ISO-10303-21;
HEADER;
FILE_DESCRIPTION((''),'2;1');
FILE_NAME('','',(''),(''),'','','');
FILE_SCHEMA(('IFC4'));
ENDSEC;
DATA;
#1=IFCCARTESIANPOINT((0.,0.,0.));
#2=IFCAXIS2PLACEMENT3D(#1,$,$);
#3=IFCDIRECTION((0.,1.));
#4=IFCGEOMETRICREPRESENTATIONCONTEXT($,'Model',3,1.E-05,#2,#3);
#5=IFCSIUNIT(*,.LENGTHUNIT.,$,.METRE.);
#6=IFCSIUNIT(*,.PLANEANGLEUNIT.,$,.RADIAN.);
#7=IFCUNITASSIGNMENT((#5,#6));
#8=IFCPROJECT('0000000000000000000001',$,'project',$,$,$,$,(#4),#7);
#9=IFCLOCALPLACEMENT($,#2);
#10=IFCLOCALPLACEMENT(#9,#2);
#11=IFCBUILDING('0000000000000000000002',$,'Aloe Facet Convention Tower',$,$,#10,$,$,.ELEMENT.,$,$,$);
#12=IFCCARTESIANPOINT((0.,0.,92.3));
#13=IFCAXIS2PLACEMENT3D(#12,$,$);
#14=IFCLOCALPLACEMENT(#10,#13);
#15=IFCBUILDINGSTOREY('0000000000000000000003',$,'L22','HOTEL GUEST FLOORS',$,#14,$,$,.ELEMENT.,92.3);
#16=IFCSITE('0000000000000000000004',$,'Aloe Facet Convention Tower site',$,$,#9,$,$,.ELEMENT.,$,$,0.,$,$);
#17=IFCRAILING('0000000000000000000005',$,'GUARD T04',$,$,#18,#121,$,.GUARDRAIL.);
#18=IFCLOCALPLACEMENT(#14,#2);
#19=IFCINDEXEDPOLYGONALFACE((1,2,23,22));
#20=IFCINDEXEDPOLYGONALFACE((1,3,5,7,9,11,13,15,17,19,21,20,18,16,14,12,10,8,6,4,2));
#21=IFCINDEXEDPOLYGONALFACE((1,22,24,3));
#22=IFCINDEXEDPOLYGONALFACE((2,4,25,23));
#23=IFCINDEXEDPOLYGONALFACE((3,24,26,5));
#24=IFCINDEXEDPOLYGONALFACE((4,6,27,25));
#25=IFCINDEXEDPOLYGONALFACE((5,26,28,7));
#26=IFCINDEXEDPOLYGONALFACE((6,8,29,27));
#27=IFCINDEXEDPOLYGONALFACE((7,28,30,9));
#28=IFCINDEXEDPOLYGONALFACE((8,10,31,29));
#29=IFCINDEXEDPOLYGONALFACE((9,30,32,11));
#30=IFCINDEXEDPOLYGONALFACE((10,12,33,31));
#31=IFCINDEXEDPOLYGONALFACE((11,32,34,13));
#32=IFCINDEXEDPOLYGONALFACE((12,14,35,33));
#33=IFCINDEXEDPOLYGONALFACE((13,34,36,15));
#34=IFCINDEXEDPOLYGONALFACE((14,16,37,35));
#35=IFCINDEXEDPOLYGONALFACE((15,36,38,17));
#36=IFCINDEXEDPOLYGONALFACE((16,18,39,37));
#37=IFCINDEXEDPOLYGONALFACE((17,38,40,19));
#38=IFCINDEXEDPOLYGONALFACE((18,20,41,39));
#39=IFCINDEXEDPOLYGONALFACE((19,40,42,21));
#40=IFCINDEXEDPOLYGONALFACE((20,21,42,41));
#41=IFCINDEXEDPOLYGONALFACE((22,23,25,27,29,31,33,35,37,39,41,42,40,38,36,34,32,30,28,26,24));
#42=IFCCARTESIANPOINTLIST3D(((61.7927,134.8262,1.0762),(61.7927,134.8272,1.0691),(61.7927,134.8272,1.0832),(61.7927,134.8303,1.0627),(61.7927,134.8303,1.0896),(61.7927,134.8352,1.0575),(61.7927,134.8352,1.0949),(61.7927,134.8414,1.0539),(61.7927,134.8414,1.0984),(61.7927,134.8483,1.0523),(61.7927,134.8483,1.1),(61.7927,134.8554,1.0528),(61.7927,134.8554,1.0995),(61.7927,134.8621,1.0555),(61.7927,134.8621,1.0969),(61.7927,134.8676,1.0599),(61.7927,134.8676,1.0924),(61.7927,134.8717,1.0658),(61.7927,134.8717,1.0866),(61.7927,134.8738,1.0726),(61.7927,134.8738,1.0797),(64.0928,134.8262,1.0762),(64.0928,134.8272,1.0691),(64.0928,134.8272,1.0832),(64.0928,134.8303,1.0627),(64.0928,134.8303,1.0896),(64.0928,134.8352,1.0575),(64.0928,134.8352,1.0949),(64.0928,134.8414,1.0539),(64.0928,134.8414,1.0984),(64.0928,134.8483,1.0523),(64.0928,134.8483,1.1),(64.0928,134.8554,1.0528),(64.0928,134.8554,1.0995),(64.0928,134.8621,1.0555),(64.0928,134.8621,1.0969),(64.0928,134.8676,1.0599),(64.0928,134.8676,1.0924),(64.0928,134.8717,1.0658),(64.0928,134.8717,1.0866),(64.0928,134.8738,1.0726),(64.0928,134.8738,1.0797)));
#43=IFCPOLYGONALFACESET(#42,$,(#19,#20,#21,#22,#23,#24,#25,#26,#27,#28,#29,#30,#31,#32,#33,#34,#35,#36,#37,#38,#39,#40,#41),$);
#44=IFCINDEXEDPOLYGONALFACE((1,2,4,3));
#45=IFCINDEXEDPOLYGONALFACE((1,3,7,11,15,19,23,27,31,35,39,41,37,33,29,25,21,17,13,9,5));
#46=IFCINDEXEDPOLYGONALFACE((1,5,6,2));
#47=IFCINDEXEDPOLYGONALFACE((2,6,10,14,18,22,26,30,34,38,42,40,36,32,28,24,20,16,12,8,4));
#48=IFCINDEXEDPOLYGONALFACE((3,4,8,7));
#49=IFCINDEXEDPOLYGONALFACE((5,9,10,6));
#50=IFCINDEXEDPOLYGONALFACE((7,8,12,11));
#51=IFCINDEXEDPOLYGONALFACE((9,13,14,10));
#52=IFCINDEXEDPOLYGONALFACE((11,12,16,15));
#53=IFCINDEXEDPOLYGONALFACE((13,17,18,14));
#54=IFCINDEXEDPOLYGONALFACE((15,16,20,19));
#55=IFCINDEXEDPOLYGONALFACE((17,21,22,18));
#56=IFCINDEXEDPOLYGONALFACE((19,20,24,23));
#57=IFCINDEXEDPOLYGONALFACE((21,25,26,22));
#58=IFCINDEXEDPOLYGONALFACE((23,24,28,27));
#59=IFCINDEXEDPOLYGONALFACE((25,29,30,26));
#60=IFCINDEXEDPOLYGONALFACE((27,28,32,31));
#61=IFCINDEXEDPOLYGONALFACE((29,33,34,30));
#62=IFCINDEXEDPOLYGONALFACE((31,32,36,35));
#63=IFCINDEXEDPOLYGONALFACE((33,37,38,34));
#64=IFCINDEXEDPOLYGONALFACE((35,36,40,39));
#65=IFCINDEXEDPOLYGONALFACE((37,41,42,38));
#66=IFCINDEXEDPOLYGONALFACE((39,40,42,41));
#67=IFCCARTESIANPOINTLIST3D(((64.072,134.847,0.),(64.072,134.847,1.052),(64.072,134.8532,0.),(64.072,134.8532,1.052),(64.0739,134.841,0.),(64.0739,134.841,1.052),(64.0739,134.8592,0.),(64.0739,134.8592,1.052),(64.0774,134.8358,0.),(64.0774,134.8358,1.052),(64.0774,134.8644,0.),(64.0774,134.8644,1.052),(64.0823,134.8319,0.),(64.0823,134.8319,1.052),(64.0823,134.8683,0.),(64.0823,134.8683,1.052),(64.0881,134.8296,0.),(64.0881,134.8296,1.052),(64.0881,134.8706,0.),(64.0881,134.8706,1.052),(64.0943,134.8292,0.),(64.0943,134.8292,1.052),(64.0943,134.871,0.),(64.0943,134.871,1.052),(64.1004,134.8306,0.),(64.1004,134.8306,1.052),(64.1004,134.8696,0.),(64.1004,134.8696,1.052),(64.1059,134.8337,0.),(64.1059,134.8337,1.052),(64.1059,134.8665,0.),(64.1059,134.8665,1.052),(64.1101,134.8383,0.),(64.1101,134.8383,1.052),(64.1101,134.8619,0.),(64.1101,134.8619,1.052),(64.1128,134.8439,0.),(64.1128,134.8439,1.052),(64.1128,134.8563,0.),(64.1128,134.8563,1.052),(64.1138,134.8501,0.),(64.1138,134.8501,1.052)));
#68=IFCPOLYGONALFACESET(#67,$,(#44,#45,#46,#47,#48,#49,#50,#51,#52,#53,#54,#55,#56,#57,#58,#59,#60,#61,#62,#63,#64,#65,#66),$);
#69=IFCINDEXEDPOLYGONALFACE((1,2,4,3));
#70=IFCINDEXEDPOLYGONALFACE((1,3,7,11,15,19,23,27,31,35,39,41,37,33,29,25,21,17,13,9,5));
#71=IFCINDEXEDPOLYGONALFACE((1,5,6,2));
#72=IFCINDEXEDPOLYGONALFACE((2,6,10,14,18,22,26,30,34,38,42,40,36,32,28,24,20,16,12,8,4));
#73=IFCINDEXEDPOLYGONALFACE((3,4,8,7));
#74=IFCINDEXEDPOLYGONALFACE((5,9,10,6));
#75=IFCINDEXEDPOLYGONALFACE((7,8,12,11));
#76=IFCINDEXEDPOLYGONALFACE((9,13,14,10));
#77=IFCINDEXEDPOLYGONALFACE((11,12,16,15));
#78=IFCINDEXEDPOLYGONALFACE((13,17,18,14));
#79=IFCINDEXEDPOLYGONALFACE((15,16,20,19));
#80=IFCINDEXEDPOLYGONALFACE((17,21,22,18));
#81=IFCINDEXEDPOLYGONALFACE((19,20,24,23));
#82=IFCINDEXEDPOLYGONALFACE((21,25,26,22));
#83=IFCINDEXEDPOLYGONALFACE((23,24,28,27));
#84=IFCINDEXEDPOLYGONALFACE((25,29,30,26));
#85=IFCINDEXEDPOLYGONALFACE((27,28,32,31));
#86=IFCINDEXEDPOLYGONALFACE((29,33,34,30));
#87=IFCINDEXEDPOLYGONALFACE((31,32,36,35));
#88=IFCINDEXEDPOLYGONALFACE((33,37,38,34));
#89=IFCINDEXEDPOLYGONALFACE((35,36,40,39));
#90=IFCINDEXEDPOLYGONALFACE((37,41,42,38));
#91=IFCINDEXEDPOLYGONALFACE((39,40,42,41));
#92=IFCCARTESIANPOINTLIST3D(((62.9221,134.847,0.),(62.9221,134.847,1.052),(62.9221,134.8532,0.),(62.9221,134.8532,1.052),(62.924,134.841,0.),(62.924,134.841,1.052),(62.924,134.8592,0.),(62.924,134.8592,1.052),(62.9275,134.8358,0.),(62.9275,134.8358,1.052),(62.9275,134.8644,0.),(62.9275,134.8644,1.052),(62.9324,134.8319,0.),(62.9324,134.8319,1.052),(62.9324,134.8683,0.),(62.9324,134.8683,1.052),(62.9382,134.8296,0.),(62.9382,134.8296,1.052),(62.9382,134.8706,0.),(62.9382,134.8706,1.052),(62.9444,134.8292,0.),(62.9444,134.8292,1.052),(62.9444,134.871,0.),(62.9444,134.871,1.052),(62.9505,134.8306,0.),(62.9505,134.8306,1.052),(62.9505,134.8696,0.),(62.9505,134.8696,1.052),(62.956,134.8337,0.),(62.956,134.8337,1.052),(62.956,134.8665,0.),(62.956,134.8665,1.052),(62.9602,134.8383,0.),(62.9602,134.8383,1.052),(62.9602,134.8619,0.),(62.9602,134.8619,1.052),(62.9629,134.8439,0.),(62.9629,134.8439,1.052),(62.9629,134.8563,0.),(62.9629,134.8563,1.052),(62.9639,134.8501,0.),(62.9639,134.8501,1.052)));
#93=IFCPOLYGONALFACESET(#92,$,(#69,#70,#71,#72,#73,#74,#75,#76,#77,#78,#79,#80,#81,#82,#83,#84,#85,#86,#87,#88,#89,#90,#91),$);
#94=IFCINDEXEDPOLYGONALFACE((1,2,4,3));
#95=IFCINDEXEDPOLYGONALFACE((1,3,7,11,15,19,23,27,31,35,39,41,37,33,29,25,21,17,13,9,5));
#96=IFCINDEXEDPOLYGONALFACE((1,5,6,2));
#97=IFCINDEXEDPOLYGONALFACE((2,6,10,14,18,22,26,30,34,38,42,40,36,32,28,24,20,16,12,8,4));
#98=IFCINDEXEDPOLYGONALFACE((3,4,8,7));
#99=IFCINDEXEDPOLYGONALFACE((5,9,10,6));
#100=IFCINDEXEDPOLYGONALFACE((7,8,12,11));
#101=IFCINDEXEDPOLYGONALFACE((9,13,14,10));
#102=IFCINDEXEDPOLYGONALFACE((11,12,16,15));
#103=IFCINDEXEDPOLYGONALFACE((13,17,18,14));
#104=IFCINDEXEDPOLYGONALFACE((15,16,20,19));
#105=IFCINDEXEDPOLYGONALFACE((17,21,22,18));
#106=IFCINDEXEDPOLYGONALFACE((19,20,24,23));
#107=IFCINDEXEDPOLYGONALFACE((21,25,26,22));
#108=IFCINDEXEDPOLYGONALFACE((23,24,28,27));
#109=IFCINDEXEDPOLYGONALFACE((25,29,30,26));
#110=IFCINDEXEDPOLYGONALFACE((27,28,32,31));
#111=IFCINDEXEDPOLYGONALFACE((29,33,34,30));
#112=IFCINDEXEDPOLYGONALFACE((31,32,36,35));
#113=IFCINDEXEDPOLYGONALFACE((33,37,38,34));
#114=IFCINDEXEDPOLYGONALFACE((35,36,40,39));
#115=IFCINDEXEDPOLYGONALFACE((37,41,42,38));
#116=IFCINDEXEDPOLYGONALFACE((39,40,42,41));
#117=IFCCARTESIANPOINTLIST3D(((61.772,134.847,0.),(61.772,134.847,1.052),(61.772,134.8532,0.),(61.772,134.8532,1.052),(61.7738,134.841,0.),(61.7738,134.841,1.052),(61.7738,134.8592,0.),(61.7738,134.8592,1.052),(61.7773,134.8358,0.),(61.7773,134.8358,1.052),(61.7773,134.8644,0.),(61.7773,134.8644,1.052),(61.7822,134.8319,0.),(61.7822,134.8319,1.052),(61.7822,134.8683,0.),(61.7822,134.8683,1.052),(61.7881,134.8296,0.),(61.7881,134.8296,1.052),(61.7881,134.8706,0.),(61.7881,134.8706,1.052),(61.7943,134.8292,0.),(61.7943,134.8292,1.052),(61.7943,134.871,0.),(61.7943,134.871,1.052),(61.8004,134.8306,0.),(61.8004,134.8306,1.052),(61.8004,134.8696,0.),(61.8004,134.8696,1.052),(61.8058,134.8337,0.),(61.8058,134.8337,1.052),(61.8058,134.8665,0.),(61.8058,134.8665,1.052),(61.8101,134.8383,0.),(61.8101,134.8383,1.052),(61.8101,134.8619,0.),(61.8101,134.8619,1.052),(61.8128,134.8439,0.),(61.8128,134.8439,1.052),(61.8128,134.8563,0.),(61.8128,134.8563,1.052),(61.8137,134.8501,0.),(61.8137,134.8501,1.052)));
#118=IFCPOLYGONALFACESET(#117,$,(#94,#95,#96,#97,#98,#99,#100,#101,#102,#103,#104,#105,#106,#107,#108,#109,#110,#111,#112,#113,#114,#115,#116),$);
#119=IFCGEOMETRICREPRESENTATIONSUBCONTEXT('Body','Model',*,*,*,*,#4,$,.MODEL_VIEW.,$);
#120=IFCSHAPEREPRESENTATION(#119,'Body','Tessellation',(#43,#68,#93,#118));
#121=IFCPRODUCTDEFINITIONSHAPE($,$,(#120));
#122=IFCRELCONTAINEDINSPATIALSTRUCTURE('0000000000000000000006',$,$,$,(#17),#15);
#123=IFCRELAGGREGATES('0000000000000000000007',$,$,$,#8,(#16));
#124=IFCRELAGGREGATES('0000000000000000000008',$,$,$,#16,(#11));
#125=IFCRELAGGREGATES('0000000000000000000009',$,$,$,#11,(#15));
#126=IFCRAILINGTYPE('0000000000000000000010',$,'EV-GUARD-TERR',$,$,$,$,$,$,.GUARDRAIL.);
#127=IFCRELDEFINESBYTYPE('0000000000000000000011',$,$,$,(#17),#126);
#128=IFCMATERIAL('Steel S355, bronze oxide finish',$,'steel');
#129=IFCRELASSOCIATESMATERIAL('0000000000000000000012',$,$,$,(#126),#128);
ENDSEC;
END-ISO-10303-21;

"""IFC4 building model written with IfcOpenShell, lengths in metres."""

from ifc_helpers import new_model, si_unit, direction, frame, origin, origin_2d, place, context, subcontext, project, spatial, circle, extrude, material, type_object, element, save


model = new_model("IFC4")

# Units and contexts
model_context = context("Model", 3, precision=1e-05, world=origin(), true_north=direction((0.0, 1.0)))
body_context = subcontext(model_context, "Body", "Model", "MODEL_VIEW")
ifc_project = project(units=[si_unit("LENGTHUNIT", "METRE"), si_unit("PLANEANGLEUNIT", "RADIAN")], contexts=[model_context])

# Site, building, storey
site_placement = place(None, origin())
site = spatial("IfcSite", under=ifc_project, at=site_placement, Name="Aloe Facet Convention Tower site", CompositionType="ELEMENT", RefElevation=0.0)
building_placement = place(site_placement, origin())
building = spatial("IfcBuilding", under=site, at=building_placement, Name="Aloe Facet Convention Tower", CompositionType="ELEMENT")
storey_placement = place(building_placement, frame((0.0, 0.0, 92.3)))
storey = spatial("IfcBuildingStorey", under=building, at=storey_placement, Name="L22", Description="HOTEL GUEST FLOORS", CompositionType="ELEMENT", Elevation=92.3)

# Railing
ifc_material_1 = material(Name="Steel S355, bronze oxide finish", Category="steel")
railing_type = type_object("IfcRailingType", Name="EV-GUARD-TERR", PredefinedType="GUARDRAIL", material=ifc_material_1)
railing_placement = place(storey_placement, frame((64.0928, 134.8501, 0.0)))
element("IfcRailing", 1, at=railing_placement, inside=storey, type_object=railing_type, Name="GUARD T04", PredefinedType="GUARDRAIL", context=body_context, shape_type="SweptSolid", body=[
    extrude(circle(Radius=0.0239, at=origin_2d()), frame((0.0, 0.0, 1.0762), z_axis=(-1.0, 0.0, 0.0), x_axis=(0.0, -1.0, 0.0)), (0.0, 0.0, 1.0), 2.3),
    extrude(circle(Radius=0.021, at=origin_2d()), origin(), (0.0, 0.0, 1.0), 1.052),
    extrude(circle(Radius=0.021, at=origin_2d()), frame((-1.1499, 0.0, 0.0)), (0.0, 0.0, 1.0), 1.052),
    extrude(circle(Radius=0.021, at=origin_2d()), frame((-2.3, 0.0, 0.0)), (0.0, 0.0, 1.0), 1.052),
])

save(model, "model.ifc")
